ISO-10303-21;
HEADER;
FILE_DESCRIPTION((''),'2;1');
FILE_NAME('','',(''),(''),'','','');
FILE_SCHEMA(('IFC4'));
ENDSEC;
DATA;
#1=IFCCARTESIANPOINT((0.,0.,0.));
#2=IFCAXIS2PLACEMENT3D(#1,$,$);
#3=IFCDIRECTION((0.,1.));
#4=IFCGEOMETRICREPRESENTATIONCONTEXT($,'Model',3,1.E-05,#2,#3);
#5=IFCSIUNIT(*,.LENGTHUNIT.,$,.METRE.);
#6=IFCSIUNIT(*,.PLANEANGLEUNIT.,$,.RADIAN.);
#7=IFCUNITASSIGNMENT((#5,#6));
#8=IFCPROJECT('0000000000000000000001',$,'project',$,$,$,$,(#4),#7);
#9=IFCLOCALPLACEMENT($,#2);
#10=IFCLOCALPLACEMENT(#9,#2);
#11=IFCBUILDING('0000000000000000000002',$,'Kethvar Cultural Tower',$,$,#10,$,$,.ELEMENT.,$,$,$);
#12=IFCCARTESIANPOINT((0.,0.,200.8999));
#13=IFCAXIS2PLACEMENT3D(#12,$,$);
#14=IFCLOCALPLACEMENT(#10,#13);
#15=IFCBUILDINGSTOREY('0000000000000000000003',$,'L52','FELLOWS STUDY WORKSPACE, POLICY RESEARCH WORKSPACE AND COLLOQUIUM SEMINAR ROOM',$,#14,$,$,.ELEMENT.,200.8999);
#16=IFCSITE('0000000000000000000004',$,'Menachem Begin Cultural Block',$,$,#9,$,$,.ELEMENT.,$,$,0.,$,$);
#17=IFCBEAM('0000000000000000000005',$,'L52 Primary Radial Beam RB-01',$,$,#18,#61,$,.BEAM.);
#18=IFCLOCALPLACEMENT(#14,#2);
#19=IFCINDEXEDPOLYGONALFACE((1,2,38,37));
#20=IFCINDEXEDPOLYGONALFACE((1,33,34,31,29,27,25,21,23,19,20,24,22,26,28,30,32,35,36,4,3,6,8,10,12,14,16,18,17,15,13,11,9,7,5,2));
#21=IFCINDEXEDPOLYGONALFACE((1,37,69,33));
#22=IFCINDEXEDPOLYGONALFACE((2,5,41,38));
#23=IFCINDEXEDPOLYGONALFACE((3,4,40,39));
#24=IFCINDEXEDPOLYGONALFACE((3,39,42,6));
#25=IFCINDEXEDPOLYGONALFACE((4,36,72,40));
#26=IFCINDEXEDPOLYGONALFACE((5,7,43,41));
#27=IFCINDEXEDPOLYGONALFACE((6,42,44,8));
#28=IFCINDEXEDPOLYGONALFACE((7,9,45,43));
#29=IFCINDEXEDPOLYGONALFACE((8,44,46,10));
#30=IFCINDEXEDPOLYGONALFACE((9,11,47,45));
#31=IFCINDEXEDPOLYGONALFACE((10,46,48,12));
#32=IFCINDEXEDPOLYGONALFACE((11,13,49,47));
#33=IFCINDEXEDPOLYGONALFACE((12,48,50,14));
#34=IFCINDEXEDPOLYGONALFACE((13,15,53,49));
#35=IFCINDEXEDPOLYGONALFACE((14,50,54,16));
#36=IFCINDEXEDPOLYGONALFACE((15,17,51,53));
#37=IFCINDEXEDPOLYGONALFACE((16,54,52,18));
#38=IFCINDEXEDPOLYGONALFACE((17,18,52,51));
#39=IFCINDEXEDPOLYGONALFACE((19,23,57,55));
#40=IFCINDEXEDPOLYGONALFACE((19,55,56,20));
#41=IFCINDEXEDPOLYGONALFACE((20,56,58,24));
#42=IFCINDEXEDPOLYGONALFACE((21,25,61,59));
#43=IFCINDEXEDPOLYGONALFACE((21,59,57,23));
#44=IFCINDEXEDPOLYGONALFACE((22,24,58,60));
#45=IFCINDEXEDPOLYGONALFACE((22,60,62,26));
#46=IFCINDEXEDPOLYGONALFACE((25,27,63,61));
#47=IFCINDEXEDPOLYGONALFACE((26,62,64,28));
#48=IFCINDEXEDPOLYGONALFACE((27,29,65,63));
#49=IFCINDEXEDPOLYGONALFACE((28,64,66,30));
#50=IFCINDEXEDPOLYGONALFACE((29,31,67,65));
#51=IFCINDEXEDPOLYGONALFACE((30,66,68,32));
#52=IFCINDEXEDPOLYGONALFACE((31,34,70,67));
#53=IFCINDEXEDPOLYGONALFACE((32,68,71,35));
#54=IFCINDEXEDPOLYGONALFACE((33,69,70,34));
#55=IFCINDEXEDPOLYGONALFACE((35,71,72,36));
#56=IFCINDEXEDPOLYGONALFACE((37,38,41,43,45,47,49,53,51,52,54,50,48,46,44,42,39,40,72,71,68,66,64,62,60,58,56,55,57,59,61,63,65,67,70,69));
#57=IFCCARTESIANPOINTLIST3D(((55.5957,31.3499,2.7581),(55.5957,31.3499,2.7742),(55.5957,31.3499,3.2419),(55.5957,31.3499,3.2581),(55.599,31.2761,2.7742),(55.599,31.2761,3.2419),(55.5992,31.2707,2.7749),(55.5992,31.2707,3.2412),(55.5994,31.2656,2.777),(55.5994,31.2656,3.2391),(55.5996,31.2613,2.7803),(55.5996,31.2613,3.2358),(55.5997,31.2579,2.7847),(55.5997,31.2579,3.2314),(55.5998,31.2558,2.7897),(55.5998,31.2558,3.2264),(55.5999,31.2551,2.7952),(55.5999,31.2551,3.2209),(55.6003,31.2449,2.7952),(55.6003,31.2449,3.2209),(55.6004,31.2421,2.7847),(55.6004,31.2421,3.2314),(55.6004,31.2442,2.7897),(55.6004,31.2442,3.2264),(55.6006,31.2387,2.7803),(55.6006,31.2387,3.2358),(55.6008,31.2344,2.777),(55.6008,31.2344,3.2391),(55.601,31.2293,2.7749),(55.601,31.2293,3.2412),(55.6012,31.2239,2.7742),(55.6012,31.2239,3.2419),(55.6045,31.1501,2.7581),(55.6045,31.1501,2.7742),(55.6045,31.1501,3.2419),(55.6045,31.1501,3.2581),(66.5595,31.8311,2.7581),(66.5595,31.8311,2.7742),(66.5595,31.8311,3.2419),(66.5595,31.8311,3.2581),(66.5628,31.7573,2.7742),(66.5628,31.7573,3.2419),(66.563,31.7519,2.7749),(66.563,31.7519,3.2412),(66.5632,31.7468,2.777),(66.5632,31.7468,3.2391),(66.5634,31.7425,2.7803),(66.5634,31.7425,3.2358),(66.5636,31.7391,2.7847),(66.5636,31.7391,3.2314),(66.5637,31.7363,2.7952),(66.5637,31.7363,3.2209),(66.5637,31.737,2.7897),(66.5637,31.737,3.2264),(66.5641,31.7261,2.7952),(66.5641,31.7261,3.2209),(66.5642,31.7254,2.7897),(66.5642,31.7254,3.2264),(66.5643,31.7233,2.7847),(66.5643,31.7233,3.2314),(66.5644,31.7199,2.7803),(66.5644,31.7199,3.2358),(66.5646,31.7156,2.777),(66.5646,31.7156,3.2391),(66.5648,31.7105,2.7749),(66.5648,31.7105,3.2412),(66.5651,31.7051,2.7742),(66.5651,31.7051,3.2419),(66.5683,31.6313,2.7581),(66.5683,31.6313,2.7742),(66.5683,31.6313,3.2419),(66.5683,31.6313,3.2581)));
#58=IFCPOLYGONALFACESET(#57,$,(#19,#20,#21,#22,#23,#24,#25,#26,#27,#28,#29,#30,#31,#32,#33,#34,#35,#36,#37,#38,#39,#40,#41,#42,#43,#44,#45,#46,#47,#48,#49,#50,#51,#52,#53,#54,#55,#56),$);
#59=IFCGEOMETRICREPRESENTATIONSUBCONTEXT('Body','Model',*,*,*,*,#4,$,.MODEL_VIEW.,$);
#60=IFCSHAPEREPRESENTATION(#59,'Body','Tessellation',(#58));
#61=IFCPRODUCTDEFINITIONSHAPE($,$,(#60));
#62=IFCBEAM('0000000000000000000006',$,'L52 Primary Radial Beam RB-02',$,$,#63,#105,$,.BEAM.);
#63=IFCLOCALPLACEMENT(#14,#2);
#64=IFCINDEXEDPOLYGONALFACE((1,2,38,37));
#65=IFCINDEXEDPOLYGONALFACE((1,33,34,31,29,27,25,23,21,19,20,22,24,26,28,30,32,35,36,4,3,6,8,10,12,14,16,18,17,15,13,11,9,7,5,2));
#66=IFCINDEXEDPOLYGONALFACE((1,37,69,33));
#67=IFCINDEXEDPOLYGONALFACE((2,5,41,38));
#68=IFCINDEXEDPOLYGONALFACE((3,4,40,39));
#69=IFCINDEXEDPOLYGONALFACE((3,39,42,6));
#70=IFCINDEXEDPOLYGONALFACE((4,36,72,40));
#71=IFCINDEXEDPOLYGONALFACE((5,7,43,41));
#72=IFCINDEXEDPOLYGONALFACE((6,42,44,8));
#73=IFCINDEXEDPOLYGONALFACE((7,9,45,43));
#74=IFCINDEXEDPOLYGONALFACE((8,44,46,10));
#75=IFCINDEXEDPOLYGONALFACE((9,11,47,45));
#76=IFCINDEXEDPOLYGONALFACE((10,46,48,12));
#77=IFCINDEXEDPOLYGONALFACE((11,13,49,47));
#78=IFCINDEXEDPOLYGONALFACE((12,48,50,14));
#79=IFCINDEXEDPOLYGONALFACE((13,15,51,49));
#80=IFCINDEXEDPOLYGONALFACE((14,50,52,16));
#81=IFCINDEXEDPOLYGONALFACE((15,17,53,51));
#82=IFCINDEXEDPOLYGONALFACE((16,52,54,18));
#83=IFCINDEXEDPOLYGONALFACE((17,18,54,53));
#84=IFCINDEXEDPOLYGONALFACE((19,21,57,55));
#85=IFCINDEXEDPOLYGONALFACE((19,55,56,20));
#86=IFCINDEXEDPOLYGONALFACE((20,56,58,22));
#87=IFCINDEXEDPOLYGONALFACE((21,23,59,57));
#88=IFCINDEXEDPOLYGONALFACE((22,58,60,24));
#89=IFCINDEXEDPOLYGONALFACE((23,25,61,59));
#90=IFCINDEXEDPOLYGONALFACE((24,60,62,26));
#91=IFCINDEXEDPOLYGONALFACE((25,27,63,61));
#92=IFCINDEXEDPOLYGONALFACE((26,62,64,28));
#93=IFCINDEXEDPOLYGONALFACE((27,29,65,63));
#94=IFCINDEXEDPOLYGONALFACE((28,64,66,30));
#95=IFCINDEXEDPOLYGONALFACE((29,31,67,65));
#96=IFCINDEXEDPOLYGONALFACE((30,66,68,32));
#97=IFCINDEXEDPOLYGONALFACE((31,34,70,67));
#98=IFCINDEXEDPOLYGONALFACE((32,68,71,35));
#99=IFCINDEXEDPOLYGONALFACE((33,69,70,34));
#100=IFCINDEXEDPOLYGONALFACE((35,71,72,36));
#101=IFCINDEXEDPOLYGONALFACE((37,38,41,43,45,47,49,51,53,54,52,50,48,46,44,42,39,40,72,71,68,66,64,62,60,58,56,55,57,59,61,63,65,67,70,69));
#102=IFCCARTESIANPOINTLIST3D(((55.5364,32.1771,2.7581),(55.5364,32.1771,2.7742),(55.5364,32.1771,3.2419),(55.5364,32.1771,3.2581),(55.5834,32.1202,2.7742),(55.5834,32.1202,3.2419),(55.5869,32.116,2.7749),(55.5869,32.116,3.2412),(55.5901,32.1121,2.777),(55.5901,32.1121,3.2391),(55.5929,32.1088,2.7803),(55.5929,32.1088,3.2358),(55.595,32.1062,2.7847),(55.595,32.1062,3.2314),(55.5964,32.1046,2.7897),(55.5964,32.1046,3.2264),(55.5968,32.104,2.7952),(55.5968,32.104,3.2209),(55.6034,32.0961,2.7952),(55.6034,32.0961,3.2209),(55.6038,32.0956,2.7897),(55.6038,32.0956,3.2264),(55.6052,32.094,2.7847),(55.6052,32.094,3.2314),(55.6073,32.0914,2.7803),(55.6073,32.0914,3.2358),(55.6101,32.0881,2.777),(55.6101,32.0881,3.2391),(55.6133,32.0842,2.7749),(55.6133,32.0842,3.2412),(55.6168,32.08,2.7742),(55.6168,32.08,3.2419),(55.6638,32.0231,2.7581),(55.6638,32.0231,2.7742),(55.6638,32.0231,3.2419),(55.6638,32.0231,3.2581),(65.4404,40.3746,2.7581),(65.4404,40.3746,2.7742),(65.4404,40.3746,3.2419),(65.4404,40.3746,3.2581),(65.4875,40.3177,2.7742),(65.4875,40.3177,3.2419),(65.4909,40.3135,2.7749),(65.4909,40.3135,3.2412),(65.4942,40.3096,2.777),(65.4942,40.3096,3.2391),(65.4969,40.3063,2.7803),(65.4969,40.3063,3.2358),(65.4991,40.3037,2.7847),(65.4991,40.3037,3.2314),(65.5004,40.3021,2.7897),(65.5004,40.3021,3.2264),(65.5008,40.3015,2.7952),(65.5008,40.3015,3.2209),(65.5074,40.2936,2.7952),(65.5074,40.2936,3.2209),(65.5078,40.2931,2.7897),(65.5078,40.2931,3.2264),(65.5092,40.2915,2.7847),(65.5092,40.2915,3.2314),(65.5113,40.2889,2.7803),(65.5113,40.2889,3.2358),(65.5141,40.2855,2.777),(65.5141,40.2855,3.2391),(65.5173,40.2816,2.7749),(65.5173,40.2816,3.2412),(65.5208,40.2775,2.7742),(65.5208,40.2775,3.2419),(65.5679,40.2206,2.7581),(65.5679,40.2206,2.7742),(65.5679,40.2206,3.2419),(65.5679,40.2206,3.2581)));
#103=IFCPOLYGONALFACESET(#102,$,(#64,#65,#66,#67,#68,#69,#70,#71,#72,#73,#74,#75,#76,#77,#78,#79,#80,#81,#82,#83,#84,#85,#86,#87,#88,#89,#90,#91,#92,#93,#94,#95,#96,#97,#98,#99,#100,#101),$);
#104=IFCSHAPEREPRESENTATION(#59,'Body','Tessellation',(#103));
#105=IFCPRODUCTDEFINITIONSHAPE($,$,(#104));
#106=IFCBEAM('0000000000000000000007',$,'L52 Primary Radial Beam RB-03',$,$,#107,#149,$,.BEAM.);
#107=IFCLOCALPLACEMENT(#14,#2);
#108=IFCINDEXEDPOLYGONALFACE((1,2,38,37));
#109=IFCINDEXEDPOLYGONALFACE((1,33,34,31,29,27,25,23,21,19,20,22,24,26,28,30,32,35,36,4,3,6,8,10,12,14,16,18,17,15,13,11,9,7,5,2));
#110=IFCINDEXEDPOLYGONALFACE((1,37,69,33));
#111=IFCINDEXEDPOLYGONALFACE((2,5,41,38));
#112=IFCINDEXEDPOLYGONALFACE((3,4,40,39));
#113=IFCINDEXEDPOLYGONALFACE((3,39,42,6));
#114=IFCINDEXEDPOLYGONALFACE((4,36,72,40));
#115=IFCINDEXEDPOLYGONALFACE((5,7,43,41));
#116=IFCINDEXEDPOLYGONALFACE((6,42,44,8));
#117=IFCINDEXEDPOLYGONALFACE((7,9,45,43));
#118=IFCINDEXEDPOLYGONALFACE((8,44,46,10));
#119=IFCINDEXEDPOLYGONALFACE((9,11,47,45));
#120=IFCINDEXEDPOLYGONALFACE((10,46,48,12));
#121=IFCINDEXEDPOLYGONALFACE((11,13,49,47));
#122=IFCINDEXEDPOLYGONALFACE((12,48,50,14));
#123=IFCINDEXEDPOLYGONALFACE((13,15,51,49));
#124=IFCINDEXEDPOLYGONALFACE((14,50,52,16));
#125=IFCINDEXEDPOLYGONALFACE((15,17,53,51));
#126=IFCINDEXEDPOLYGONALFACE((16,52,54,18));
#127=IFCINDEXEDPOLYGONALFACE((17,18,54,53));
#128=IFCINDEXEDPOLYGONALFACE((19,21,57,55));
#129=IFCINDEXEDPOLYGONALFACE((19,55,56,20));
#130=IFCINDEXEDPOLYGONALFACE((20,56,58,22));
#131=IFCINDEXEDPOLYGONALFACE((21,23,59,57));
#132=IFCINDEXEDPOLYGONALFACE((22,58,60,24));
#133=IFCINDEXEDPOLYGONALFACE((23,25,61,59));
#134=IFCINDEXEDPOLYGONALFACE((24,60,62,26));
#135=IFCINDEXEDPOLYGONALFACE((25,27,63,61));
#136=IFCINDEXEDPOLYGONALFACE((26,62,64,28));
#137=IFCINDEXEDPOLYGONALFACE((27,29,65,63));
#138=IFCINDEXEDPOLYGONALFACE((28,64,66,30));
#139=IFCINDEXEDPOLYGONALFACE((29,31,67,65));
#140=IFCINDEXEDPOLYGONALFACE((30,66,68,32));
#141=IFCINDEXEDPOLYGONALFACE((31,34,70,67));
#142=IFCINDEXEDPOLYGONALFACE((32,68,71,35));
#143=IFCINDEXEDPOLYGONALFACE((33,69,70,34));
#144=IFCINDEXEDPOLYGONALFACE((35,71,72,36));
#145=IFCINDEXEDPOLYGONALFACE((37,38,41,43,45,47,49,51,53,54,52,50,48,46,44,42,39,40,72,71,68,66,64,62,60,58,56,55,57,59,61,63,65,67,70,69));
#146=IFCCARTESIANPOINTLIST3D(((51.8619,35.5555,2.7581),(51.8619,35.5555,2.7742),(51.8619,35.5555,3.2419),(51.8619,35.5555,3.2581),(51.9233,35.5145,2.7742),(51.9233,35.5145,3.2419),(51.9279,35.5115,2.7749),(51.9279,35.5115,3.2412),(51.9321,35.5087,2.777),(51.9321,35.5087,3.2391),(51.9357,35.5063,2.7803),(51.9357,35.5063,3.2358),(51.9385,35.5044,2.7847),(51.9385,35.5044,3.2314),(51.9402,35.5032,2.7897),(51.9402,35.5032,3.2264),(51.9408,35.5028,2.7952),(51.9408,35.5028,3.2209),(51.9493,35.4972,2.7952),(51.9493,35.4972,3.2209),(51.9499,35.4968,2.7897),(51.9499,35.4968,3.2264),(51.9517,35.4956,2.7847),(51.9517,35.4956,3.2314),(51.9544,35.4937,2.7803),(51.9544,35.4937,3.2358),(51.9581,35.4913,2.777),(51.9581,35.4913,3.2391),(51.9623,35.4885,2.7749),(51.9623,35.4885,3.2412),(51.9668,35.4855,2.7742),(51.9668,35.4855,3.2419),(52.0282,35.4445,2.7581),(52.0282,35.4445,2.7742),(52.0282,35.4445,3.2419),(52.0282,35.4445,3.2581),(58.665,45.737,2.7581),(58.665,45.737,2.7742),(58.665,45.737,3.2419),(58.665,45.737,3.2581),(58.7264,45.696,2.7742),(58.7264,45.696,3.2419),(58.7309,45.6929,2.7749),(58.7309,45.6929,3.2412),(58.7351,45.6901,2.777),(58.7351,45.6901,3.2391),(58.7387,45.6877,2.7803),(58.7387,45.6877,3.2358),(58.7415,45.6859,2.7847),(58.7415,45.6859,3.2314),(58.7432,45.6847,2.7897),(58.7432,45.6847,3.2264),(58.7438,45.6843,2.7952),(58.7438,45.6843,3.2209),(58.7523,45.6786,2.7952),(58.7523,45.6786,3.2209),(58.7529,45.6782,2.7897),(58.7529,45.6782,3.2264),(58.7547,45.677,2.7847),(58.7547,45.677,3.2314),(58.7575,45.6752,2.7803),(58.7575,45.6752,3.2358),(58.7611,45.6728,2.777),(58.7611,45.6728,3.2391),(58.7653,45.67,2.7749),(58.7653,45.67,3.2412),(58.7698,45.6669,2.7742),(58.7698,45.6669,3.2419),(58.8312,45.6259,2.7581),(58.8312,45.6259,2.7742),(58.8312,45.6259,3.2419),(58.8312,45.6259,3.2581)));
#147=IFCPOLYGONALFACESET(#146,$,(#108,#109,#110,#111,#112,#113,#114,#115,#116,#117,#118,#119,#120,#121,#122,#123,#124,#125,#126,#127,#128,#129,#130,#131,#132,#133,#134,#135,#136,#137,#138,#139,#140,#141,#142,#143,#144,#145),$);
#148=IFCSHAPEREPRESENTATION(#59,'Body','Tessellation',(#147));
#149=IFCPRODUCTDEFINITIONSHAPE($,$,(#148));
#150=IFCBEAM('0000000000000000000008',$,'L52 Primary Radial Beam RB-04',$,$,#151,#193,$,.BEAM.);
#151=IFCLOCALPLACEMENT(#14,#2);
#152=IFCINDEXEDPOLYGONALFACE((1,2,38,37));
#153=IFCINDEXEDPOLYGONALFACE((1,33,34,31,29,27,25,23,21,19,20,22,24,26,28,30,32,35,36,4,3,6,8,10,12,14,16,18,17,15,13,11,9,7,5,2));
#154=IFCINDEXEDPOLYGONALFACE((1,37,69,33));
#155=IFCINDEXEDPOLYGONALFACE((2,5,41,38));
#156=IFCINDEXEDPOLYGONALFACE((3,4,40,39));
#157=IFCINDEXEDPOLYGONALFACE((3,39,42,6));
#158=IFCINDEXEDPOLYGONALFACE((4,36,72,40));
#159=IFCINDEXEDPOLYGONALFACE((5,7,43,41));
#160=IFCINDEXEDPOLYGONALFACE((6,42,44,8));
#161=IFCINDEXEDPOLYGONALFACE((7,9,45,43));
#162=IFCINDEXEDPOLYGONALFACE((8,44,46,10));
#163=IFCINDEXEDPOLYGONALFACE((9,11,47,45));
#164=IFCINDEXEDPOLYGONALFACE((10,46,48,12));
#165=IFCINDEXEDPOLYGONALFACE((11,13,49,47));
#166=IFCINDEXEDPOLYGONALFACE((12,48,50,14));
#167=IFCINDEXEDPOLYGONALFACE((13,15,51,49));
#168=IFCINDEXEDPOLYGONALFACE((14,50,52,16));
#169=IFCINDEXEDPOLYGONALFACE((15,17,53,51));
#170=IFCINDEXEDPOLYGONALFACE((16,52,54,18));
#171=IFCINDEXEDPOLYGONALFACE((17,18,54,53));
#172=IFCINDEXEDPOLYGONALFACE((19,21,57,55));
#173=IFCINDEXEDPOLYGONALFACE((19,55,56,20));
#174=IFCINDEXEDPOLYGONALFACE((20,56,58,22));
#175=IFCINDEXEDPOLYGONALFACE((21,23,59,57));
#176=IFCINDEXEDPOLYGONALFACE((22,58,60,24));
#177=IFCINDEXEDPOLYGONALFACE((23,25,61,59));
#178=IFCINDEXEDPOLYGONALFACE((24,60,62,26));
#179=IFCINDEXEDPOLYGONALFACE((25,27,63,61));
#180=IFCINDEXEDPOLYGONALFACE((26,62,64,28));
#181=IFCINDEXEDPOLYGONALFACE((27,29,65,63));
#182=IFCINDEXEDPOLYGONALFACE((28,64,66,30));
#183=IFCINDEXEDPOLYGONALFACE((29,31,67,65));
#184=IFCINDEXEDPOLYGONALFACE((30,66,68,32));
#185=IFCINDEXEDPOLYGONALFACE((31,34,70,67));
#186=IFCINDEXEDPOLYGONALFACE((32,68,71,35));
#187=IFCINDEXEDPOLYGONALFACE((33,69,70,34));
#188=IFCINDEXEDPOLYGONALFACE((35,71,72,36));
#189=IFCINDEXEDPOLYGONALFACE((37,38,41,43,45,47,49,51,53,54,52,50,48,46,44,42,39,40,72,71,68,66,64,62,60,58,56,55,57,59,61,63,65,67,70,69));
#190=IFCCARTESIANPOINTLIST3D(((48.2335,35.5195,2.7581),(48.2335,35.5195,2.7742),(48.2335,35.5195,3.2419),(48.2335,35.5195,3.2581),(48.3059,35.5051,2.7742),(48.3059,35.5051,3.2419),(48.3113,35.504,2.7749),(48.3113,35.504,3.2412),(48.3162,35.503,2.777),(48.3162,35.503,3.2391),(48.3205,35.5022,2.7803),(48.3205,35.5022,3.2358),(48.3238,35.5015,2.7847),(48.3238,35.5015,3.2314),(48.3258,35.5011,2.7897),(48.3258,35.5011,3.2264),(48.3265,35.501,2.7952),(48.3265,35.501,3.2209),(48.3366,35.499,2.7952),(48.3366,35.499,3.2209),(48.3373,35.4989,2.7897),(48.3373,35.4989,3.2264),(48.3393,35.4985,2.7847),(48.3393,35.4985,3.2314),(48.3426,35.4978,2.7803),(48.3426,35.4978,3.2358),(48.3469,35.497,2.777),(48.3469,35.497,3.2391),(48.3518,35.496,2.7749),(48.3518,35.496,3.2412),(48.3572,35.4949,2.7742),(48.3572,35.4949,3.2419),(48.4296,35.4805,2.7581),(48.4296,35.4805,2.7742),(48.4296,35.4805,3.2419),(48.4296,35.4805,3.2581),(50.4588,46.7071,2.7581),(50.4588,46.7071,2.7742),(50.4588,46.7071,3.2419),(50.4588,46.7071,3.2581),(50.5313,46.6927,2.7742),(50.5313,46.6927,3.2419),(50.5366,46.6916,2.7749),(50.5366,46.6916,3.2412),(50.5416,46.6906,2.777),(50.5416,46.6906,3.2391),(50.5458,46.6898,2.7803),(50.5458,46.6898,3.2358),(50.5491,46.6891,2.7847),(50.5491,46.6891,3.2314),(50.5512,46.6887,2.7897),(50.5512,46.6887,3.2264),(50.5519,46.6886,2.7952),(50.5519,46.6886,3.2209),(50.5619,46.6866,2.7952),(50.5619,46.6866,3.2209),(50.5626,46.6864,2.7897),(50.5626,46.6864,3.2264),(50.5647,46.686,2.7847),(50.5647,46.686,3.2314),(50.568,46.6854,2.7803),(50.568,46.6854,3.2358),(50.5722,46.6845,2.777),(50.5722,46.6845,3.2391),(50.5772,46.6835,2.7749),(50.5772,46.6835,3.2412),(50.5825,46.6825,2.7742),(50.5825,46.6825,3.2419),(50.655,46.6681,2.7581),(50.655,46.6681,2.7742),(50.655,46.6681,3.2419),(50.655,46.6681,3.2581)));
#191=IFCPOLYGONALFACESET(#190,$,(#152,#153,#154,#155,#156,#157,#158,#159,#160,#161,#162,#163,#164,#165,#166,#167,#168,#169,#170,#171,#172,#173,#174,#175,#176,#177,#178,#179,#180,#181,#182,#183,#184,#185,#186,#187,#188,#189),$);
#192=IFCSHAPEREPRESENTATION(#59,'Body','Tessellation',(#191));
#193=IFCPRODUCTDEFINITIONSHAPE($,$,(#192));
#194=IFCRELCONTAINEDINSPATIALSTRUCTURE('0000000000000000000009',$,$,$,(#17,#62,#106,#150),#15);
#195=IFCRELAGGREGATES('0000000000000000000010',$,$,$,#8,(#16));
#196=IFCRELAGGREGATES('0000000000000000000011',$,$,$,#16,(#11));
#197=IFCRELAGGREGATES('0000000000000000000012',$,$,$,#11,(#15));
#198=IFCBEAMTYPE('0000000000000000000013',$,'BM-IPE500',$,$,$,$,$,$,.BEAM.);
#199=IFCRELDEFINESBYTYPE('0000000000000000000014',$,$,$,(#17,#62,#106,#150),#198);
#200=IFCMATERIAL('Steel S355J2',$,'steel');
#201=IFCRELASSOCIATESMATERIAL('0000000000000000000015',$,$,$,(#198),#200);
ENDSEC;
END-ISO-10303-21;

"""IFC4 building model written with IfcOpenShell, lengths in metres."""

from ifc_helpers import new_model, si_unit, direction, frame, origin, origin_2d, place, context, subcontext, project, spatial, i_section, extrude, source, transform, mapped, material, material_profile, profile_set, type_object, element, save


model = new_model("IFC4")

# Units and contexts
model_context = context("Model", 3, precision=1e-05, world=origin(), true_north=direction((0.0, 1.0)))
body_context = subcontext(model_context, "Body", "Model", "MODEL_VIEW")
ifc_project = project(units=[si_unit("LENGTHUNIT", "METRE"), si_unit("PLANEANGLEUNIT", "RADIAN")], contexts=[model_context])

# Site, building, storey
site_placement = place(None, origin())
site = spatial("IfcSite", under=ifc_project, at=site_placement, Name="Menachem Begin Cultural Block", CompositionType="ELEMENT", RefElevation=0.0)
building_placement = place(site_placement, origin())
building = spatial("IfcBuilding", under=site, at=building_placement, Name="Kethvar Cultural Tower", CompositionType="ELEMENT")
storey_placement = place(building_placement, frame((0.0, 0.0, 200.8999)))
storey = spatial("IfcBuildingStorey", under=building, at=storey_placement, Name="L52", Description="FELLOWS STUDY WORKSPACE, POLICY RESEARCH WORKSPACE AND COLLOQUIUM SEMINAR ROOM", CompositionType="ELEMENT", Elevation=200.8999)

# Beams
ifc_material_1 = material(Name="Steel S355J2", Category="steel")
ifc_material_profile_1 = material_profile(ifc_material_1, i_section(OverallWidth=0.2, OverallDepth=0.5, WebThickness=0.0103, FlangeThickness=0.0161, FilletRadius=0.021, at=origin_2d()), Name="Steel S355J2 — IPE500")
ifc_profile_set_1 = profile_set([ifc_material_profile_1], Name="Steel S355J2 — IPE500")
beam_type_1 = type_object("IfcBeamType", Name="BM-IPE500", PredefinedType="BEAM", material=ifc_profile_set_1)
shared_shape_1 = source(origin(), body_context, "Body", "SweptSolid", [
    extrude(i_section(OverallWidth=0.2, OverallDepth=0.5, WebThickness=0.0103, FlangeThickness=0.0161, FilletRadius=0.021, at=origin_2d()), origin(), (0.0, 0.0, 1.0), 10.9744),
])
beam_1_placement = place(storey_placement, frame((55.6001, 31.25, 3.0081), z_axis=(0.999038, 0.043848, 0.0), x_axis=(-0.043848, 0.999038, 0.0)))
element("IfcBeam", 1, at=beam_1_placement, inside=storey, type_object=beam_type_1, Name="L52 Primary Radial Beam RB-01", PredefinedType="BEAM", context=body_context, shape_type="MappedRepresentation", body=[
    mapped(shared_shape_1, transform((0.0, 0.0, 0.0), scale=1.0)),
])
shared_shape_2 = source(origin(), body_context, "Body", "SweptSolid", [
    extrude(i_section(OverallWidth=0.2, OverallDepth=0.5, WebThickness=0.0103, FlangeThickness=0.0161, FilletRadius=0.021, at=origin_2d()), origin(), (0.0, 0.0, 1.0), 12.8564),
])
beam_2_placement = place(storey_placement, frame((55.6001, 32.1001, 3.0081), z_axis=(0.770354, 0.637616, 0.0), x_axis=(-0.637616, 0.770354, 0.0)))
element("IfcBeam", 2, at=beam_2_placement, inside=storey, type_object=beam_type_1, Name="L52 Primary Radial Beam RB-02", PredefinedType="BEAM", context=body_context, shape_type="MappedRepresentation", body=[
    mapped(shared_shape_2, transform((0.0, 0.0, 0.0), scale=1.0)),
])
shared_shape_3 = source(origin(), body_context, "Body", "SweptSolid", [
    extrude(i_section(OverallWidth=0.2, OverallDepth=0.5, WebThickness=0.0103, FlangeThickness=0.0161, FilletRadius=0.021, at=origin_2d()), origin(), (0.0, 0.0, 1.0), 12.2451),
])
beam_3_placement = place(storey_placement, frame((51.9451, 35.5, 3.0081), z_axis=(0.555569, 0.83147, 0.0), x_axis=(-0.83147, 0.555569, 0.0)))
element("IfcBeam", 3, at=beam_3_placement, inside=storey, type_object=beam_type_1, Name="L52 Primary Radial Beam RB-03", PredefinedType="BEAM", context=body_context, shape_type="MappedRepresentation", body=[
    mapped(shared_shape_3, transform((0.0, 0.0, 0.0), scale=1.0)),
])
shared_shape_4 = source(origin(), body_context, "Body", "SweptSolid", [
    extrude(i_section(OverallWidth=0.2, OverallDepth=0.5, WebThickness=0.0103, FlangeThickness=0.0161, FilletRadius=0.021, at=origin_2d()), origin(), (0.0, 0.0, 1.0), 11.4067),
])
beam_4_placement = place(storey_placement, frame((48.3315, 35.5, 3.0081), z_axis=(0.195091, 0.980785, 0.0), x_axis=(-0.980785, 0.195091, 0.0)))
element("IfcBeam", 4, at=beam_4_placement, inside=storey, type_object=beam_type_1, Name="L52 Primary Radial Beam RB-04", PredefinedType="BEAM", context=body_context, shape_type="MappedRepresentation", body=[
    mapped(shared_shape_4, transform((0.0, 0.0, 0.0), scale=1.0)),
])

save(model, "model.ifc")
